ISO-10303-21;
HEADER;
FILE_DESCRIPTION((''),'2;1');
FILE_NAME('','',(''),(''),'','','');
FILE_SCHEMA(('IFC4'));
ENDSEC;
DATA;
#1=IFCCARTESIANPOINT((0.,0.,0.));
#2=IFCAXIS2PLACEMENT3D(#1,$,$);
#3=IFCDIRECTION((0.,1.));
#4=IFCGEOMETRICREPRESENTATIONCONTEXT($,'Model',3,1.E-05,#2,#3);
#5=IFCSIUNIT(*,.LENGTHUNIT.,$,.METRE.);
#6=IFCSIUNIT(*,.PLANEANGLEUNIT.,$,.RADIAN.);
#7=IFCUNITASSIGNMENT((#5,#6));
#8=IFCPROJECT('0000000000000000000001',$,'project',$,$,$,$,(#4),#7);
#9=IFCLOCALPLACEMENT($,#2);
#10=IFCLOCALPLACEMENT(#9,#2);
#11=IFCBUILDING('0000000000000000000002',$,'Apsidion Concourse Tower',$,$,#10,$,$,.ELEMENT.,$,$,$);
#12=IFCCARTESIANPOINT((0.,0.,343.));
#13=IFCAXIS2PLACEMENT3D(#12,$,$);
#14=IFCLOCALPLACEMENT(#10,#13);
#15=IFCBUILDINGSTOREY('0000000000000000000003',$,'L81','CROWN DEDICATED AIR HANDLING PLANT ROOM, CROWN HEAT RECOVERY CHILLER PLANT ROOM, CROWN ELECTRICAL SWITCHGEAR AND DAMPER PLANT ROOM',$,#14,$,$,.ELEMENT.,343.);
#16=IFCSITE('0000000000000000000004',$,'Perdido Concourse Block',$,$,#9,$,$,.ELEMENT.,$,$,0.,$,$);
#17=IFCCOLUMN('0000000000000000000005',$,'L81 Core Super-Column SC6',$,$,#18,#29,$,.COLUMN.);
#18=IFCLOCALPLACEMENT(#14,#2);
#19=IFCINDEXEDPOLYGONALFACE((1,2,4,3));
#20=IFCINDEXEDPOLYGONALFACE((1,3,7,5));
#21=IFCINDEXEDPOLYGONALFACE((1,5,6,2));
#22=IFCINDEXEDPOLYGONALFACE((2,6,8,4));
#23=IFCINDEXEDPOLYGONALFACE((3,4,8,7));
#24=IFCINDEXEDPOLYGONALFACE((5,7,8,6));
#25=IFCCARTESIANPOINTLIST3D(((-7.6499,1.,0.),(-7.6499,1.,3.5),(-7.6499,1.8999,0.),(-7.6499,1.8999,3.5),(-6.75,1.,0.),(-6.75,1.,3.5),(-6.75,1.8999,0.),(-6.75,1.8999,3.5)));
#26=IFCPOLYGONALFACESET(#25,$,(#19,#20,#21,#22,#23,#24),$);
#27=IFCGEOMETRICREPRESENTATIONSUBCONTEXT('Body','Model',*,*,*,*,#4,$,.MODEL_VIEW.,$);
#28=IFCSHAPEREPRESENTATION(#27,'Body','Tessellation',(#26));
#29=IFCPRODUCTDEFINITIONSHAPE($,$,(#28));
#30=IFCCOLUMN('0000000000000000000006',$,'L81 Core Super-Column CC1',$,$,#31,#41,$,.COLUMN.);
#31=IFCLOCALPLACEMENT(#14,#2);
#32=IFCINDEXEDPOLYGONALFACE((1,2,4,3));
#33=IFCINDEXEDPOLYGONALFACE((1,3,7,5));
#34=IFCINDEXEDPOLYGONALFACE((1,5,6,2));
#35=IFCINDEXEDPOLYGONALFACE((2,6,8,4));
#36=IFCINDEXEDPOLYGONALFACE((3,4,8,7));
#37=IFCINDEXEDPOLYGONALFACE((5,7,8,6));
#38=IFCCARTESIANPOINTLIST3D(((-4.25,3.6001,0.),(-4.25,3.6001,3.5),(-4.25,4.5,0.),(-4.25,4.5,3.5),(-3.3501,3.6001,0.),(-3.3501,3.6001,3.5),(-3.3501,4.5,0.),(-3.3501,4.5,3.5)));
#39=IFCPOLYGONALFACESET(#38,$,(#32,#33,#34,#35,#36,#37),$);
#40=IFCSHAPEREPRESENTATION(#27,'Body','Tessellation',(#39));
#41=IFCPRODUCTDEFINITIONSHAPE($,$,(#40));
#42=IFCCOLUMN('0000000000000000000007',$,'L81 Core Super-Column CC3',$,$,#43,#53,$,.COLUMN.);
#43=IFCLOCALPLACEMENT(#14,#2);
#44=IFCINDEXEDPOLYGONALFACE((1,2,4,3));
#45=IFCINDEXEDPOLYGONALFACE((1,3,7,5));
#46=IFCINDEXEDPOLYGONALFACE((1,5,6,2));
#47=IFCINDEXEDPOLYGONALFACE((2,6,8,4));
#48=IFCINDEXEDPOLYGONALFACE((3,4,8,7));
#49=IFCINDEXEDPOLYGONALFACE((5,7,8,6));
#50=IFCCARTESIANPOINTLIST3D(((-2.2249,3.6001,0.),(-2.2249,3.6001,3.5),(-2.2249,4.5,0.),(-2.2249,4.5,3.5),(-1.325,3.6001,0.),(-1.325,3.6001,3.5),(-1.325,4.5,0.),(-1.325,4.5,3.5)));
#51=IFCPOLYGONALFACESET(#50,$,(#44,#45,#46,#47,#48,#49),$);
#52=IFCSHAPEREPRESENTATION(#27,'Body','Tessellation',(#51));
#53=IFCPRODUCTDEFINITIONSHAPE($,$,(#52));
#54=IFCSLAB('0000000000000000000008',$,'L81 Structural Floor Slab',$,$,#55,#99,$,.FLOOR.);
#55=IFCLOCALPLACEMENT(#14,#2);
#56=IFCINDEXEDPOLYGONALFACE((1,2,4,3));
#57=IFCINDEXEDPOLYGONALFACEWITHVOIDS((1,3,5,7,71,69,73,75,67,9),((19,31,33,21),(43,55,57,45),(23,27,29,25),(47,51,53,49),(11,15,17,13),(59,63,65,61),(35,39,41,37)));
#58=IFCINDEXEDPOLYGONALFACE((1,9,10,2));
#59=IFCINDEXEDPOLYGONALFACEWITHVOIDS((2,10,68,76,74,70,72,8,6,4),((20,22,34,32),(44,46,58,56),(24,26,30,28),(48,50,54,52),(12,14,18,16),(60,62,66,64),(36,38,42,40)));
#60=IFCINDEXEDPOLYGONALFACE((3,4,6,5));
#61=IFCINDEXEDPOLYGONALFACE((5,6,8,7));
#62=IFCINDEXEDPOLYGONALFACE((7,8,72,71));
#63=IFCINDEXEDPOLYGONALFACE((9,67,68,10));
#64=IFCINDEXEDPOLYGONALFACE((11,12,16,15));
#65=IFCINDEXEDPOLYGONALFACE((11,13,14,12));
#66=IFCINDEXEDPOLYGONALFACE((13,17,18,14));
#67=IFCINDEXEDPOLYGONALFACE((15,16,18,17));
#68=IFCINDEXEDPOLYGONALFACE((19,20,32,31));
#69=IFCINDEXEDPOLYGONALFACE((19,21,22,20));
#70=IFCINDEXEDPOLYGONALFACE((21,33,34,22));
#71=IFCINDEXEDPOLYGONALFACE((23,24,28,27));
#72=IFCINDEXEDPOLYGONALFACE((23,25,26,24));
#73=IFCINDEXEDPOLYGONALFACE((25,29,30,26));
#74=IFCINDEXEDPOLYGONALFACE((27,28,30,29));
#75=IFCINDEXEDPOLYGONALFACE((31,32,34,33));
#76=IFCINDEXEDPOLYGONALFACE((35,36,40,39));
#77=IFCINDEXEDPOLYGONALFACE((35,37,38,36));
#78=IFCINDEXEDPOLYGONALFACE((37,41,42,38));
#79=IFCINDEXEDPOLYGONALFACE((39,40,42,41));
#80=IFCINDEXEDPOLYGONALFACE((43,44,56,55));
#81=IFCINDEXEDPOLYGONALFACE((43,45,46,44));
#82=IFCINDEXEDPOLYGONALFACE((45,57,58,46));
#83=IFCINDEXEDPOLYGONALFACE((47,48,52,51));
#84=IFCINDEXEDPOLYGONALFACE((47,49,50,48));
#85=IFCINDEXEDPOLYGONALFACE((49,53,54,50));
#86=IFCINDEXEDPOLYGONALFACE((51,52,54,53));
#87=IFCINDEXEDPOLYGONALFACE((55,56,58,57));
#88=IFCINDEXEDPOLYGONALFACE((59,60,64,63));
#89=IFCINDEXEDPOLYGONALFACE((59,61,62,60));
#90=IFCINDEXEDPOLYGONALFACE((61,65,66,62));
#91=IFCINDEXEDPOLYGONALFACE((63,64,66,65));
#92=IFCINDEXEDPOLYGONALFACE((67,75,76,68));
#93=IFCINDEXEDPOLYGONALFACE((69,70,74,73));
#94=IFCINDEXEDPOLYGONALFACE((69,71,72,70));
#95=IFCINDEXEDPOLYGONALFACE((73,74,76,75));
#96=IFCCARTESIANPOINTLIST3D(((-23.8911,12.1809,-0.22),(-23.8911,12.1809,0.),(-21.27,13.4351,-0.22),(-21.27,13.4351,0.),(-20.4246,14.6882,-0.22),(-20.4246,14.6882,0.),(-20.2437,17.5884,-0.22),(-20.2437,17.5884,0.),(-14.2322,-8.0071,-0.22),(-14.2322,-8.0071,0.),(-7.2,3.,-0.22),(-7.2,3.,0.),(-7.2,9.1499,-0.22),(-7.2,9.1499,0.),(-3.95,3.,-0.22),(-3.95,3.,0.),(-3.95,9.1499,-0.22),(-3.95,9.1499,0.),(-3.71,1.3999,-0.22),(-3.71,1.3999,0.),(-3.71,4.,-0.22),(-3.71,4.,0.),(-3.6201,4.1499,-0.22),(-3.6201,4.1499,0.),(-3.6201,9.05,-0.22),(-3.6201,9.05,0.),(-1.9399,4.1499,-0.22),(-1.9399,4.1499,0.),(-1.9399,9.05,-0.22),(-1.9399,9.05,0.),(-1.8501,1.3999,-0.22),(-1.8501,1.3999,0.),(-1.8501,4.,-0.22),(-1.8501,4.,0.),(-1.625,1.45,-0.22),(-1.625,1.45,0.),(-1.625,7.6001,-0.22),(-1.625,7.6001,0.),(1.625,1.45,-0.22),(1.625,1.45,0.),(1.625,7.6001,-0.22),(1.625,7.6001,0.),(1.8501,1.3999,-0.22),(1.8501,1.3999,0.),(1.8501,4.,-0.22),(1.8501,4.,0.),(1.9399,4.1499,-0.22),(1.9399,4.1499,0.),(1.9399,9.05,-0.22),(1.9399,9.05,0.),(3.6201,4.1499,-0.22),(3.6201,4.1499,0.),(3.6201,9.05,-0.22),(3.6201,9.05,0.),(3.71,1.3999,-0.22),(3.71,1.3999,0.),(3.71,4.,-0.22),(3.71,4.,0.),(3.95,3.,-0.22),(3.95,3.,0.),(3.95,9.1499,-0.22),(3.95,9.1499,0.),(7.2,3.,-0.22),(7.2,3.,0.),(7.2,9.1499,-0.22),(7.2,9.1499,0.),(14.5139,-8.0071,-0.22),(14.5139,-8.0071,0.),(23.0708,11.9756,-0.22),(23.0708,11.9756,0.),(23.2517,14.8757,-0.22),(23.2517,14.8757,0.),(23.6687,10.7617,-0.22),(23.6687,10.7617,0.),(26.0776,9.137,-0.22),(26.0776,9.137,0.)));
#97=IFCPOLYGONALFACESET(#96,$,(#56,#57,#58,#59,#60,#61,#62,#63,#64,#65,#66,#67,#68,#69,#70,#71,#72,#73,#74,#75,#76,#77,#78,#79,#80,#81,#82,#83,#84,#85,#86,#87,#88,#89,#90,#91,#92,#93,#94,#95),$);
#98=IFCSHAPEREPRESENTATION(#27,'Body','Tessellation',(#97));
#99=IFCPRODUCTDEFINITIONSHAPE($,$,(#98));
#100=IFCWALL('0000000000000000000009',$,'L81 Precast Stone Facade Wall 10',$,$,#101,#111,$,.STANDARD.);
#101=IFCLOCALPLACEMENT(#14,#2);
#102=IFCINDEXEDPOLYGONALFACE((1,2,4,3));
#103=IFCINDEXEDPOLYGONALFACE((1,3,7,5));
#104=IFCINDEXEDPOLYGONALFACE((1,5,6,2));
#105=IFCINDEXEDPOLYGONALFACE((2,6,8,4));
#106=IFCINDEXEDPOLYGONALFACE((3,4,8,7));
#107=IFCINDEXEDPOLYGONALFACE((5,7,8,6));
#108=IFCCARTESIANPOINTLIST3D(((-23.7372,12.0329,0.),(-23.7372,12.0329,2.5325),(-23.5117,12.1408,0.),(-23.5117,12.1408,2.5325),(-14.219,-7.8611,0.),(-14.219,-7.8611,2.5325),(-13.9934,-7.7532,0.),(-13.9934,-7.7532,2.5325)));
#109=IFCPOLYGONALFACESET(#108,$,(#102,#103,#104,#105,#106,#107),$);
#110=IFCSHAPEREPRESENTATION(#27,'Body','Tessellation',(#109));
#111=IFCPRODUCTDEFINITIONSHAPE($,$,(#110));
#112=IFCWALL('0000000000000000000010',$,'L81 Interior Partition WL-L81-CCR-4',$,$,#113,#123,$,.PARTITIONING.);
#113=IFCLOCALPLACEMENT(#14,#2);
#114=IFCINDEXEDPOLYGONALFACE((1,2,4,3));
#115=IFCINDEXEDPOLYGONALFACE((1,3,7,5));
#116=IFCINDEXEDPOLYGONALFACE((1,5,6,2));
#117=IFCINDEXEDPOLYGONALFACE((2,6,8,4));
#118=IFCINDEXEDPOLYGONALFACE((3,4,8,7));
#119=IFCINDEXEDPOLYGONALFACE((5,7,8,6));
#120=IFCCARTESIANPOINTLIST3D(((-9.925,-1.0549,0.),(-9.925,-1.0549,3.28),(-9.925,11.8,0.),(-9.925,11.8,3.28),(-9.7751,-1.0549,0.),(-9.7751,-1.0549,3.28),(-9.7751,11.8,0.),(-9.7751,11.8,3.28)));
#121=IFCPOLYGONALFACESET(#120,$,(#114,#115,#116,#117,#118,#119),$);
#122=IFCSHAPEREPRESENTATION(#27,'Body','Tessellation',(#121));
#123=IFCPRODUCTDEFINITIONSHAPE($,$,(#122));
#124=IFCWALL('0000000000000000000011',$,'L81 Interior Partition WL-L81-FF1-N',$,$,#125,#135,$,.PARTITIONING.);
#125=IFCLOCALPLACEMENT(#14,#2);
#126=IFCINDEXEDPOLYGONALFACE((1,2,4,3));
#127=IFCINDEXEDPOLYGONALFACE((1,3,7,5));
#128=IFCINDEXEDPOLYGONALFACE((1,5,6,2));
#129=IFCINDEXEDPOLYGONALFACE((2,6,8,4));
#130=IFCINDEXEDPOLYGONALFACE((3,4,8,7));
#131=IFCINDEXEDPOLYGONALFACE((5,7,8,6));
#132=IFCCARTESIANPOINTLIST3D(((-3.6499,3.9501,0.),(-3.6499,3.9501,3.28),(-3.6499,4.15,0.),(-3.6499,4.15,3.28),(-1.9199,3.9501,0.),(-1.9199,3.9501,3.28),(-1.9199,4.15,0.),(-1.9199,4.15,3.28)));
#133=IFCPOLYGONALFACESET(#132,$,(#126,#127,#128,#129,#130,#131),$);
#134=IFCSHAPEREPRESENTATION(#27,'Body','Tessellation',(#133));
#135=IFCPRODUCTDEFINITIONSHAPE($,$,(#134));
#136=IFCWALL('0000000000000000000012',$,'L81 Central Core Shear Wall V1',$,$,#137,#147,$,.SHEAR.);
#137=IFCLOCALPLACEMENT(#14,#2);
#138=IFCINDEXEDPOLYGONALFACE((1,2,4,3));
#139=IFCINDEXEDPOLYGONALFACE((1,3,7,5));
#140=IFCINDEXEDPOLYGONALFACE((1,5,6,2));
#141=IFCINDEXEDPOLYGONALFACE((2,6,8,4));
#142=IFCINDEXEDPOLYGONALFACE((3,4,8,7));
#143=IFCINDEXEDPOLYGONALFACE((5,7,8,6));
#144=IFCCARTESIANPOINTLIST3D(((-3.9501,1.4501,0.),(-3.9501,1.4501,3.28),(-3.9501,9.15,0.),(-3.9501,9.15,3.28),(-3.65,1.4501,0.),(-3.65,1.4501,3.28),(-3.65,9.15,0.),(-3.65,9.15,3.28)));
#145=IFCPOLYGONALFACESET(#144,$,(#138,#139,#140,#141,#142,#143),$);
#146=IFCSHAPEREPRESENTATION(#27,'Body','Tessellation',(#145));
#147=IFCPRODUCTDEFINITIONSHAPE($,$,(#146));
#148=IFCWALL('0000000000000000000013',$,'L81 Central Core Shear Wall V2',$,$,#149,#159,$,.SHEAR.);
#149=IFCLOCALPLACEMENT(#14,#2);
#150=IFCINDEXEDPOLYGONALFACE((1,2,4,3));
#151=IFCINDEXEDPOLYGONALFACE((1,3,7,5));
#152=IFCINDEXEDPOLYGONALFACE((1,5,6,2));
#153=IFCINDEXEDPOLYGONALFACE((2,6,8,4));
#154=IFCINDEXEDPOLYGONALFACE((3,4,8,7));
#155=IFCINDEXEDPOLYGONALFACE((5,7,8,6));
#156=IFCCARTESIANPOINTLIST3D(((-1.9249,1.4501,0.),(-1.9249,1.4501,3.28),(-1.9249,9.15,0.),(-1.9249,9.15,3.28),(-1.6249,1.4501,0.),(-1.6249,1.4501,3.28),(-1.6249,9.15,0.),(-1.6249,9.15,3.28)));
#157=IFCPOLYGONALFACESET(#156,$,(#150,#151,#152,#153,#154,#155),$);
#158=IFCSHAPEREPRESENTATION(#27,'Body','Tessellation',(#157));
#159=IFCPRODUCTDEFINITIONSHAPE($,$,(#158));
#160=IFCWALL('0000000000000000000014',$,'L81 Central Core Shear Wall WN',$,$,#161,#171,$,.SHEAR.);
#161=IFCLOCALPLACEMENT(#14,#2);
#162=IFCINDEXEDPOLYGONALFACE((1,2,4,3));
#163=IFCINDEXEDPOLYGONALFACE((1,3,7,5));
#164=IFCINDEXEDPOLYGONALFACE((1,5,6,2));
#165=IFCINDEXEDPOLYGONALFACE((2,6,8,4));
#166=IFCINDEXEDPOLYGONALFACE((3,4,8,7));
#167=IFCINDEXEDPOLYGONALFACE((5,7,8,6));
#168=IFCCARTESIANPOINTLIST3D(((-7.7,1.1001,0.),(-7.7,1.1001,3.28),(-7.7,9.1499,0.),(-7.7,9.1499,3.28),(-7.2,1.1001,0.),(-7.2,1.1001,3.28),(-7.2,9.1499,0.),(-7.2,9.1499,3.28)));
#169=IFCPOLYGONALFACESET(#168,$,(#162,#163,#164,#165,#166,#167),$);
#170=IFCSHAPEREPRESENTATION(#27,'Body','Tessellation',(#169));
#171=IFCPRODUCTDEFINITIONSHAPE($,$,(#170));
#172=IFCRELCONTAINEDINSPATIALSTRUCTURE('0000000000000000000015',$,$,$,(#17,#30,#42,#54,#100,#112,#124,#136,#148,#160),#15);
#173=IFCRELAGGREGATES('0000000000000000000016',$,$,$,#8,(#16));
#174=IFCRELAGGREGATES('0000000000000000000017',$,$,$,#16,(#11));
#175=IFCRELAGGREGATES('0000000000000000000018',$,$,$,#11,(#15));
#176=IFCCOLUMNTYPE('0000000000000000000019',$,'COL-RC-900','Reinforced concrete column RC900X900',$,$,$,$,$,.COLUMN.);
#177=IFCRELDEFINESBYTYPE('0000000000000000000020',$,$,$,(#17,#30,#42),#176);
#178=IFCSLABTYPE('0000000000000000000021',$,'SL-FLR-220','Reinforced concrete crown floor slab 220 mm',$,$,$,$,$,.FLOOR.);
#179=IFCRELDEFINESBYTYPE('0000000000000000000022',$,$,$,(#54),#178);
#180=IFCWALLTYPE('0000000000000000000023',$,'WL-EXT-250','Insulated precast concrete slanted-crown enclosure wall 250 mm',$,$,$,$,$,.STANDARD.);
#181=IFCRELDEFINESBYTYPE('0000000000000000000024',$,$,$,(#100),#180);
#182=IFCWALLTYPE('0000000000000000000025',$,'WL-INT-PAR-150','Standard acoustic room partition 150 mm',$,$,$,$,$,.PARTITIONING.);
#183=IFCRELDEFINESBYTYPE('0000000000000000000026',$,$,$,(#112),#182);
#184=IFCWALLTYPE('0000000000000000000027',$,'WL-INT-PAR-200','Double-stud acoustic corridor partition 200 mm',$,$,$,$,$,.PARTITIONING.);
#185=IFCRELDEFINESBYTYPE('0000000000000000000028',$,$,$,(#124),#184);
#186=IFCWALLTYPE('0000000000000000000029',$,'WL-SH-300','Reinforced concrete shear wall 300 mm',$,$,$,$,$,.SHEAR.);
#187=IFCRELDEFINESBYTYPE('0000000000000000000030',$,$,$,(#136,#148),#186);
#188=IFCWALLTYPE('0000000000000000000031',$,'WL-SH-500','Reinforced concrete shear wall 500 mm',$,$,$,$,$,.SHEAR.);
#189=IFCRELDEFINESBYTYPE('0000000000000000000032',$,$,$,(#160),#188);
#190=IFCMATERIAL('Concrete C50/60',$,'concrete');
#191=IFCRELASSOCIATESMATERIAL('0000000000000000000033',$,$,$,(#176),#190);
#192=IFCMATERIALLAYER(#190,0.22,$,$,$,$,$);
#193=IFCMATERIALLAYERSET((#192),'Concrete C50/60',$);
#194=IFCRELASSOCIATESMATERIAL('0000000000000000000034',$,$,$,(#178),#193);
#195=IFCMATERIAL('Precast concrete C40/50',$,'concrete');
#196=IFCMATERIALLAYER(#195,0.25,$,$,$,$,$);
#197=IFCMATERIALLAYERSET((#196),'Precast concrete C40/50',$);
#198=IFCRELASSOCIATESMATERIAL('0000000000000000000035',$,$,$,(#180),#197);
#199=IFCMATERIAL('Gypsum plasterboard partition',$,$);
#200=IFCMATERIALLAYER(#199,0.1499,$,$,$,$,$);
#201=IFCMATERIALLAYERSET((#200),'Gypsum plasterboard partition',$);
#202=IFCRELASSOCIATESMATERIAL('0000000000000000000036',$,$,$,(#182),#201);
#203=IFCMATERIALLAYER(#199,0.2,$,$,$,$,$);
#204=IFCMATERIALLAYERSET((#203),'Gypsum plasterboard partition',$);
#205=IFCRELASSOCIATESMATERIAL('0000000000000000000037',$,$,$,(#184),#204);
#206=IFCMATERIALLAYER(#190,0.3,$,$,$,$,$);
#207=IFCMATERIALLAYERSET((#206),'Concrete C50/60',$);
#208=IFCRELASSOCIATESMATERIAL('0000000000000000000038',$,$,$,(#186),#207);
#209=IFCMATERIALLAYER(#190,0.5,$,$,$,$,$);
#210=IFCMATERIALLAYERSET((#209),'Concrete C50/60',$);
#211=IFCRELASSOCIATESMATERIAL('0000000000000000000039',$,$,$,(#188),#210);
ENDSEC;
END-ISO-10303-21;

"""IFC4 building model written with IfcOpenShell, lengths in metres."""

from ifc_helpers import new_model, si_unit, direction, frame, frame_2d, origin, origin_2d, place, context, subcontext, project, spatial, polyline, rectangle, outline, extrude, material, layer, layer_set, material_profile, profile_set, type_object, element, save


model = new_model("IFC4")

# Units and contexts
model_context = context("Model", 3, precision=1e-05, world=origin(), true_north=direction((0.0, 1.0)))
body_context = subcontext(model_context, "Body", "Model", "MODEL_VIEW")
ifc_project = project(units=[si_unit("LENGTHUNIT", "METRE"), si_unit("PLANEANGLEUNIT", "RADIAN")], contexts=[model_context])

# Site, building, storey
site_placement = place(None, origin())
site = spatial("IfcSite", under=ifc_project, at=site_placement, Name="Perdido Concourse Block", CompositionType="ELEMENT", RefElevation=0.0)
building_placement = place(site_placement, origin())
building = spatial("IfcBuilding", under=site, at=building_placement, Name="Apsidion Concourse Tower", CompositionType="ELEMENT")
storey_placement = place(building_placement, frame((0.0, 0.0, 343.0)))
storey = spatial("IfcBuildingStorey", under=building, at=storey_placement, Name="L81", Description="CROWN DEDICATED AIR HANDLING PLANT ROOM, CROWN HEAT RECOVERY CHILLER PLANT ROOM, CROWN ELECTRICAL SWITCHGEAR AND DAMPER PLANT ROOM", CompositionType="ELEMENT", Elevation=343.0)

# Columns
ifc_material_1 = material(Name="Concrete C50/60", Category="concrete")
ifc_material_profile = material_profile(ifc_material_1, rectangle(XDim=0.8999, YDim=0.8999, at=origin_2d()), Name="RC 900x900")
ifc_profile_set = profile_set([ifc_material_profile], Name="Concrete C50/60")
column_type = type_object("IfcColumnType", Name="COL-RC-900", Description="Reinforced concrete column RC900X900", PredefinedType="COLUMN", material=ifc_profile_set)
for number, where, z_axis, x_axis, name in (
    (1, (-7.2, 1.45, 0.0), (0.0, 0.0, 1.0), (1.0, 0.0, 0.0), "L81 Core Super-Column SC6"),
    (2, (-3.8, 4.05, 0.0), (0.0, 0.0, 1.0), (1.0, 0.0, 0.0), "L81 Core Super-Column CC1"),
    (3, (-1.7749, 4.05, 0.0), (0.0, 0.0, 1.0), (1.0, 0.0, 0.0), "L81 Core Super-Column CC3"),
):
    element("IfcColumn", number, at=place(storey_placement, frame(where, z_axis=z_axis, x_axis=x_axis)), inside=storey, type_object=column_type, Name=name, PredefinedType="COLUMN", context=body_context, shape_type="SweptSolid", body=[
        extrude(rectangle(XDim=0.8999, YDim=0.8999, at=origin_2d()), origin(), (0.0, 0.0, 1.0), 3.5),
    ])

# Slab
ifc_layer_1 = layer(ifc_material_1, 0.22)
ifc_layer_set_1 = layer_set([ifc_layer_1], Name="Concrete C50/60")
slab_type = type_object("IfcSlabType", Name="SL-FLR-220", Description="Reinforced concrete crown floor slab 220 mm", PredefinedType="FLOOR", material=ifc_layer_set_1)
slab_placement = place(storey_placement, frame((0.0, 0.0, -0.22)))
element("IfcSlab", 4, at=slab_placement, inside=storey, type_object=slab_type, Name="L81 Structural Floor Slab", PredefinedType="FLOOR", context=body_context, shape_type="SweptSolid", body=[
    extrude(outline(polyline([(-23.8911, 12.1809), (-21.27, 13.4351), (-20.4246, 14.6882), (-20.2437, 17.5884), (23.2517, 14.8757), (23.0708, 11.9756), (23.6687, 10.7617), (26.0776, 9.137), (14.5139, -8.0071), (-14.2322, -8.0071), (-23.8911, 12.1809)]), holes=[polyline([(-3.95, 3.0), (-3.95, 9.1499), (-7.2, 9.1499), (-7.2, 3.0), (-3.95, 3.0)]), polyline([(7.2, 3.0), (7.2, 9.1499), (3.95, 9.1499), (3.95, 3.0), (7.2, 3.0)]), polyline([(-1.625, 7.6001), (-1.625, 1.45), (1.625, 1.45), (1.625, 7.6001), (-1.625, 7.6001)]), polyline([(-3.71, 1.3999), (-1.8501, 1.3999), (-1.8501, 4.0), (-3.71, 4.0), (-3.71, 1.3999)]), polyline([(1.8501, 1.3999), (3.71, 1.3999), (3.71, 4.0), (1.8501, 4.0), (1.8501, 1.3999)]), polyline([(-3.6201, 4.1499), (-1.9399, 4.1499), (-1.9399, 9.05), (-3.6201, 9.05), (-3.6201, 4.1499)]), polyline([(1.9399, 4.1499), (3.6201, 4.1499), (3.6201, 9.05), (1.9399, 9.05), (1.9399, 4.1499)])]), origin(), (0.0, 0.0, 1.0), 0.22),
])

# Walls
ifc_material_2 = material(Name="Precast concrete C40/50", Category="concrete")
ifc_layer_2 = layer(ifc_material_2, 0.25)
ifc_layer_set_2 = layer_set([ifc_layer_2], Name="Precast concrete C40/50")
wall_type_1 = type_object("IfcWallType", Name="WL-EXT-250", Description="Insulated precast concrete slanted-crown enclosure wall 250 mm", PredefinedType="STANDARD", material=ifc_layer_set_2)
wall_1_placement = place(storey_placement, frame((-14.1062, -7.8071, 0.0), z_axis=(0.0, 0.0, 1.0), x_axis=(-0.431595, 0.902068, 0.0)))
element("IfcWall", 5, at=wall_1_placement, inside=storey, type_object=wall_type_1, Name="L81 Precast Stone Facade Wall 10", PredefinedType="STANDARD", context=body_context, shape_type="SweptSolid", body=[
    extrude(rectangle(XDim=22.0537, YDim=0.25, at=frame_2d((11.0269, 0.0))), origin(), (0.0, 0.0, 1.0), 2.5325),
])
ifc_material_3 = material(Name="Gypsum plasterboard partition")
ifc_layer_3 = layer(ifc_material_3, 0.1499)
ifc_layer_set_3 = layer_set([ifc_layer_3], Name="Gypsum plasterboard partition")
wall_type_2 = type_object("IfcWallType", Name="WL-INT-PAR-150", Description="Standard acoustic room partition 150 mm", PredefinedType="PARTITIONING", material=ifc_layer_set_3)
wall_2_placement = place(storey_placement, frame((-9.8501, -1.0549, 0.0), z_axis=(0.0, 0.0, 1.0), x_axis=(0.0, 1.0, 0.0)))
element("IfcWall", 6, at=wall_2_placement, inside=storey, type_object=wall_type_2, Name="L81 Interior Partition WL-L81-CCR-4", PredefinedType="PARTITIONING", context=body_context, shape_type="SweptSolid", body=[
    extrude(rectangle(XDim=12.855, YDim=0.1499, at=frame_2d((6.4275, 0.0))), origin(), (0.0, 0.0, 1.0), 3.28),
])
ifc_layer_4 = layer(ifc_material_3, 0.2)
ifc_layer_set_4 = layer_set([ifc_layer_4], Name="Gypsum plasterboard partition")
wall_type_3 = type_object("IfcWallType", Name="WL-INT-PAR-200", Description="Double-stud acoustic corridor partition 200 mm", PredefinedType="PARTITIONING", material=ifc_layer_set_4)
wall_3_placement = place(storey_placement, frame((-3.6499, 4.05, 0.0), z_axis=(0.0, 0.0, 1.0), x_axis=(1.0, 0.0, 0.0)))
element("IfcWall", 7, at=wall_3_placement, inside=storey, type_object=wall_type_3, Name="L81 Interior Partition WL-L81-FF1-N", PredefinedType="PARTITIONING", context=body_context, shape_type="SweptSolid", body=[
    extrude(rectangle(XDim=1.73, YDim=0.2, at=frame_2d((0.865, 0.0))), origin(), (0.0, 0.0, 1.0), 3.28),
])
ifc_layer_5 = layer(ifc_material_1, 0.3)
ifc_layer_set_5 = layer_set([ifc_layer_5], Name="Concrete C50/60")
wall_type_4 = type_object("IfcWallType", Name="WL-SH-300", Description="Reinforced concrete shear wall 300 mm", PredefinedType="SHEAR", material=ifc_layer_set_5)
for number, where, z_axis, x_axis, name in (
    (8, (-3.8, 1.45, 0.0), (0.0, 0.0, 1.0), (0.0, 1.0, 0.0), "L81 Central Core Shear Wall V1"),
    (9, (-1.7749, 1.45, 0.0), (0.0, 0.0, 1.0), (0.0, 1.0, 0.0), "L81 Central Core Shear Wall V2"),
):
    element("IfcWall", number, at=place(storey_placement, frame(where, z_axis=z_axis, x_axis=x_axis)), inside=storey, type_object=wall_type_4, Name=name, PredefinedType="SHEAR", context=body_context, shape_type="SweptSolid", body=[
        extrude(rectangle(XDim=7.7, YDim=0.3, at=frame_2d((3.8501, 0.0))), origin(), (0.0, 0.0, 1.0), 3.28),
    ])

# Wall
ifc_layer_6 = layer(ifc_material_1, 0.5)
ifc_layer_set_6 = layer_set([ifc_layer_6], Name="Concrete C50/60")
wall_type_5 = type_object("IfcWallType", Name="WL-SH-500", Description="Reinforced concrete shear wall 500 mm", PredefinedType="SHEAR", material=ifc_layer_set_6)
wall_4_placement = place(storey_placement, frame((-7.45, 1.1001, 0.0), z_axis=(0.0, 0.0, 1.0), x_axis=(0.0, 1.0, 0.0)))
element("IfcWall", 10, at=wall_4_placement, inside=storey, type_object=wall_type_5, Name="L81 Central Core Shear Wall WN", PredefinedType="SHEAR", context=body_context, shape_type="SweptSolid", body=[
    extrude(rectangle(XDim=8.0498, YDim=0.5, at=frame_2d((4.0249, 0.0))), origin(), (0.0, 0.0, 1.0), 3.28),
])

save(model, "model.ifc")
